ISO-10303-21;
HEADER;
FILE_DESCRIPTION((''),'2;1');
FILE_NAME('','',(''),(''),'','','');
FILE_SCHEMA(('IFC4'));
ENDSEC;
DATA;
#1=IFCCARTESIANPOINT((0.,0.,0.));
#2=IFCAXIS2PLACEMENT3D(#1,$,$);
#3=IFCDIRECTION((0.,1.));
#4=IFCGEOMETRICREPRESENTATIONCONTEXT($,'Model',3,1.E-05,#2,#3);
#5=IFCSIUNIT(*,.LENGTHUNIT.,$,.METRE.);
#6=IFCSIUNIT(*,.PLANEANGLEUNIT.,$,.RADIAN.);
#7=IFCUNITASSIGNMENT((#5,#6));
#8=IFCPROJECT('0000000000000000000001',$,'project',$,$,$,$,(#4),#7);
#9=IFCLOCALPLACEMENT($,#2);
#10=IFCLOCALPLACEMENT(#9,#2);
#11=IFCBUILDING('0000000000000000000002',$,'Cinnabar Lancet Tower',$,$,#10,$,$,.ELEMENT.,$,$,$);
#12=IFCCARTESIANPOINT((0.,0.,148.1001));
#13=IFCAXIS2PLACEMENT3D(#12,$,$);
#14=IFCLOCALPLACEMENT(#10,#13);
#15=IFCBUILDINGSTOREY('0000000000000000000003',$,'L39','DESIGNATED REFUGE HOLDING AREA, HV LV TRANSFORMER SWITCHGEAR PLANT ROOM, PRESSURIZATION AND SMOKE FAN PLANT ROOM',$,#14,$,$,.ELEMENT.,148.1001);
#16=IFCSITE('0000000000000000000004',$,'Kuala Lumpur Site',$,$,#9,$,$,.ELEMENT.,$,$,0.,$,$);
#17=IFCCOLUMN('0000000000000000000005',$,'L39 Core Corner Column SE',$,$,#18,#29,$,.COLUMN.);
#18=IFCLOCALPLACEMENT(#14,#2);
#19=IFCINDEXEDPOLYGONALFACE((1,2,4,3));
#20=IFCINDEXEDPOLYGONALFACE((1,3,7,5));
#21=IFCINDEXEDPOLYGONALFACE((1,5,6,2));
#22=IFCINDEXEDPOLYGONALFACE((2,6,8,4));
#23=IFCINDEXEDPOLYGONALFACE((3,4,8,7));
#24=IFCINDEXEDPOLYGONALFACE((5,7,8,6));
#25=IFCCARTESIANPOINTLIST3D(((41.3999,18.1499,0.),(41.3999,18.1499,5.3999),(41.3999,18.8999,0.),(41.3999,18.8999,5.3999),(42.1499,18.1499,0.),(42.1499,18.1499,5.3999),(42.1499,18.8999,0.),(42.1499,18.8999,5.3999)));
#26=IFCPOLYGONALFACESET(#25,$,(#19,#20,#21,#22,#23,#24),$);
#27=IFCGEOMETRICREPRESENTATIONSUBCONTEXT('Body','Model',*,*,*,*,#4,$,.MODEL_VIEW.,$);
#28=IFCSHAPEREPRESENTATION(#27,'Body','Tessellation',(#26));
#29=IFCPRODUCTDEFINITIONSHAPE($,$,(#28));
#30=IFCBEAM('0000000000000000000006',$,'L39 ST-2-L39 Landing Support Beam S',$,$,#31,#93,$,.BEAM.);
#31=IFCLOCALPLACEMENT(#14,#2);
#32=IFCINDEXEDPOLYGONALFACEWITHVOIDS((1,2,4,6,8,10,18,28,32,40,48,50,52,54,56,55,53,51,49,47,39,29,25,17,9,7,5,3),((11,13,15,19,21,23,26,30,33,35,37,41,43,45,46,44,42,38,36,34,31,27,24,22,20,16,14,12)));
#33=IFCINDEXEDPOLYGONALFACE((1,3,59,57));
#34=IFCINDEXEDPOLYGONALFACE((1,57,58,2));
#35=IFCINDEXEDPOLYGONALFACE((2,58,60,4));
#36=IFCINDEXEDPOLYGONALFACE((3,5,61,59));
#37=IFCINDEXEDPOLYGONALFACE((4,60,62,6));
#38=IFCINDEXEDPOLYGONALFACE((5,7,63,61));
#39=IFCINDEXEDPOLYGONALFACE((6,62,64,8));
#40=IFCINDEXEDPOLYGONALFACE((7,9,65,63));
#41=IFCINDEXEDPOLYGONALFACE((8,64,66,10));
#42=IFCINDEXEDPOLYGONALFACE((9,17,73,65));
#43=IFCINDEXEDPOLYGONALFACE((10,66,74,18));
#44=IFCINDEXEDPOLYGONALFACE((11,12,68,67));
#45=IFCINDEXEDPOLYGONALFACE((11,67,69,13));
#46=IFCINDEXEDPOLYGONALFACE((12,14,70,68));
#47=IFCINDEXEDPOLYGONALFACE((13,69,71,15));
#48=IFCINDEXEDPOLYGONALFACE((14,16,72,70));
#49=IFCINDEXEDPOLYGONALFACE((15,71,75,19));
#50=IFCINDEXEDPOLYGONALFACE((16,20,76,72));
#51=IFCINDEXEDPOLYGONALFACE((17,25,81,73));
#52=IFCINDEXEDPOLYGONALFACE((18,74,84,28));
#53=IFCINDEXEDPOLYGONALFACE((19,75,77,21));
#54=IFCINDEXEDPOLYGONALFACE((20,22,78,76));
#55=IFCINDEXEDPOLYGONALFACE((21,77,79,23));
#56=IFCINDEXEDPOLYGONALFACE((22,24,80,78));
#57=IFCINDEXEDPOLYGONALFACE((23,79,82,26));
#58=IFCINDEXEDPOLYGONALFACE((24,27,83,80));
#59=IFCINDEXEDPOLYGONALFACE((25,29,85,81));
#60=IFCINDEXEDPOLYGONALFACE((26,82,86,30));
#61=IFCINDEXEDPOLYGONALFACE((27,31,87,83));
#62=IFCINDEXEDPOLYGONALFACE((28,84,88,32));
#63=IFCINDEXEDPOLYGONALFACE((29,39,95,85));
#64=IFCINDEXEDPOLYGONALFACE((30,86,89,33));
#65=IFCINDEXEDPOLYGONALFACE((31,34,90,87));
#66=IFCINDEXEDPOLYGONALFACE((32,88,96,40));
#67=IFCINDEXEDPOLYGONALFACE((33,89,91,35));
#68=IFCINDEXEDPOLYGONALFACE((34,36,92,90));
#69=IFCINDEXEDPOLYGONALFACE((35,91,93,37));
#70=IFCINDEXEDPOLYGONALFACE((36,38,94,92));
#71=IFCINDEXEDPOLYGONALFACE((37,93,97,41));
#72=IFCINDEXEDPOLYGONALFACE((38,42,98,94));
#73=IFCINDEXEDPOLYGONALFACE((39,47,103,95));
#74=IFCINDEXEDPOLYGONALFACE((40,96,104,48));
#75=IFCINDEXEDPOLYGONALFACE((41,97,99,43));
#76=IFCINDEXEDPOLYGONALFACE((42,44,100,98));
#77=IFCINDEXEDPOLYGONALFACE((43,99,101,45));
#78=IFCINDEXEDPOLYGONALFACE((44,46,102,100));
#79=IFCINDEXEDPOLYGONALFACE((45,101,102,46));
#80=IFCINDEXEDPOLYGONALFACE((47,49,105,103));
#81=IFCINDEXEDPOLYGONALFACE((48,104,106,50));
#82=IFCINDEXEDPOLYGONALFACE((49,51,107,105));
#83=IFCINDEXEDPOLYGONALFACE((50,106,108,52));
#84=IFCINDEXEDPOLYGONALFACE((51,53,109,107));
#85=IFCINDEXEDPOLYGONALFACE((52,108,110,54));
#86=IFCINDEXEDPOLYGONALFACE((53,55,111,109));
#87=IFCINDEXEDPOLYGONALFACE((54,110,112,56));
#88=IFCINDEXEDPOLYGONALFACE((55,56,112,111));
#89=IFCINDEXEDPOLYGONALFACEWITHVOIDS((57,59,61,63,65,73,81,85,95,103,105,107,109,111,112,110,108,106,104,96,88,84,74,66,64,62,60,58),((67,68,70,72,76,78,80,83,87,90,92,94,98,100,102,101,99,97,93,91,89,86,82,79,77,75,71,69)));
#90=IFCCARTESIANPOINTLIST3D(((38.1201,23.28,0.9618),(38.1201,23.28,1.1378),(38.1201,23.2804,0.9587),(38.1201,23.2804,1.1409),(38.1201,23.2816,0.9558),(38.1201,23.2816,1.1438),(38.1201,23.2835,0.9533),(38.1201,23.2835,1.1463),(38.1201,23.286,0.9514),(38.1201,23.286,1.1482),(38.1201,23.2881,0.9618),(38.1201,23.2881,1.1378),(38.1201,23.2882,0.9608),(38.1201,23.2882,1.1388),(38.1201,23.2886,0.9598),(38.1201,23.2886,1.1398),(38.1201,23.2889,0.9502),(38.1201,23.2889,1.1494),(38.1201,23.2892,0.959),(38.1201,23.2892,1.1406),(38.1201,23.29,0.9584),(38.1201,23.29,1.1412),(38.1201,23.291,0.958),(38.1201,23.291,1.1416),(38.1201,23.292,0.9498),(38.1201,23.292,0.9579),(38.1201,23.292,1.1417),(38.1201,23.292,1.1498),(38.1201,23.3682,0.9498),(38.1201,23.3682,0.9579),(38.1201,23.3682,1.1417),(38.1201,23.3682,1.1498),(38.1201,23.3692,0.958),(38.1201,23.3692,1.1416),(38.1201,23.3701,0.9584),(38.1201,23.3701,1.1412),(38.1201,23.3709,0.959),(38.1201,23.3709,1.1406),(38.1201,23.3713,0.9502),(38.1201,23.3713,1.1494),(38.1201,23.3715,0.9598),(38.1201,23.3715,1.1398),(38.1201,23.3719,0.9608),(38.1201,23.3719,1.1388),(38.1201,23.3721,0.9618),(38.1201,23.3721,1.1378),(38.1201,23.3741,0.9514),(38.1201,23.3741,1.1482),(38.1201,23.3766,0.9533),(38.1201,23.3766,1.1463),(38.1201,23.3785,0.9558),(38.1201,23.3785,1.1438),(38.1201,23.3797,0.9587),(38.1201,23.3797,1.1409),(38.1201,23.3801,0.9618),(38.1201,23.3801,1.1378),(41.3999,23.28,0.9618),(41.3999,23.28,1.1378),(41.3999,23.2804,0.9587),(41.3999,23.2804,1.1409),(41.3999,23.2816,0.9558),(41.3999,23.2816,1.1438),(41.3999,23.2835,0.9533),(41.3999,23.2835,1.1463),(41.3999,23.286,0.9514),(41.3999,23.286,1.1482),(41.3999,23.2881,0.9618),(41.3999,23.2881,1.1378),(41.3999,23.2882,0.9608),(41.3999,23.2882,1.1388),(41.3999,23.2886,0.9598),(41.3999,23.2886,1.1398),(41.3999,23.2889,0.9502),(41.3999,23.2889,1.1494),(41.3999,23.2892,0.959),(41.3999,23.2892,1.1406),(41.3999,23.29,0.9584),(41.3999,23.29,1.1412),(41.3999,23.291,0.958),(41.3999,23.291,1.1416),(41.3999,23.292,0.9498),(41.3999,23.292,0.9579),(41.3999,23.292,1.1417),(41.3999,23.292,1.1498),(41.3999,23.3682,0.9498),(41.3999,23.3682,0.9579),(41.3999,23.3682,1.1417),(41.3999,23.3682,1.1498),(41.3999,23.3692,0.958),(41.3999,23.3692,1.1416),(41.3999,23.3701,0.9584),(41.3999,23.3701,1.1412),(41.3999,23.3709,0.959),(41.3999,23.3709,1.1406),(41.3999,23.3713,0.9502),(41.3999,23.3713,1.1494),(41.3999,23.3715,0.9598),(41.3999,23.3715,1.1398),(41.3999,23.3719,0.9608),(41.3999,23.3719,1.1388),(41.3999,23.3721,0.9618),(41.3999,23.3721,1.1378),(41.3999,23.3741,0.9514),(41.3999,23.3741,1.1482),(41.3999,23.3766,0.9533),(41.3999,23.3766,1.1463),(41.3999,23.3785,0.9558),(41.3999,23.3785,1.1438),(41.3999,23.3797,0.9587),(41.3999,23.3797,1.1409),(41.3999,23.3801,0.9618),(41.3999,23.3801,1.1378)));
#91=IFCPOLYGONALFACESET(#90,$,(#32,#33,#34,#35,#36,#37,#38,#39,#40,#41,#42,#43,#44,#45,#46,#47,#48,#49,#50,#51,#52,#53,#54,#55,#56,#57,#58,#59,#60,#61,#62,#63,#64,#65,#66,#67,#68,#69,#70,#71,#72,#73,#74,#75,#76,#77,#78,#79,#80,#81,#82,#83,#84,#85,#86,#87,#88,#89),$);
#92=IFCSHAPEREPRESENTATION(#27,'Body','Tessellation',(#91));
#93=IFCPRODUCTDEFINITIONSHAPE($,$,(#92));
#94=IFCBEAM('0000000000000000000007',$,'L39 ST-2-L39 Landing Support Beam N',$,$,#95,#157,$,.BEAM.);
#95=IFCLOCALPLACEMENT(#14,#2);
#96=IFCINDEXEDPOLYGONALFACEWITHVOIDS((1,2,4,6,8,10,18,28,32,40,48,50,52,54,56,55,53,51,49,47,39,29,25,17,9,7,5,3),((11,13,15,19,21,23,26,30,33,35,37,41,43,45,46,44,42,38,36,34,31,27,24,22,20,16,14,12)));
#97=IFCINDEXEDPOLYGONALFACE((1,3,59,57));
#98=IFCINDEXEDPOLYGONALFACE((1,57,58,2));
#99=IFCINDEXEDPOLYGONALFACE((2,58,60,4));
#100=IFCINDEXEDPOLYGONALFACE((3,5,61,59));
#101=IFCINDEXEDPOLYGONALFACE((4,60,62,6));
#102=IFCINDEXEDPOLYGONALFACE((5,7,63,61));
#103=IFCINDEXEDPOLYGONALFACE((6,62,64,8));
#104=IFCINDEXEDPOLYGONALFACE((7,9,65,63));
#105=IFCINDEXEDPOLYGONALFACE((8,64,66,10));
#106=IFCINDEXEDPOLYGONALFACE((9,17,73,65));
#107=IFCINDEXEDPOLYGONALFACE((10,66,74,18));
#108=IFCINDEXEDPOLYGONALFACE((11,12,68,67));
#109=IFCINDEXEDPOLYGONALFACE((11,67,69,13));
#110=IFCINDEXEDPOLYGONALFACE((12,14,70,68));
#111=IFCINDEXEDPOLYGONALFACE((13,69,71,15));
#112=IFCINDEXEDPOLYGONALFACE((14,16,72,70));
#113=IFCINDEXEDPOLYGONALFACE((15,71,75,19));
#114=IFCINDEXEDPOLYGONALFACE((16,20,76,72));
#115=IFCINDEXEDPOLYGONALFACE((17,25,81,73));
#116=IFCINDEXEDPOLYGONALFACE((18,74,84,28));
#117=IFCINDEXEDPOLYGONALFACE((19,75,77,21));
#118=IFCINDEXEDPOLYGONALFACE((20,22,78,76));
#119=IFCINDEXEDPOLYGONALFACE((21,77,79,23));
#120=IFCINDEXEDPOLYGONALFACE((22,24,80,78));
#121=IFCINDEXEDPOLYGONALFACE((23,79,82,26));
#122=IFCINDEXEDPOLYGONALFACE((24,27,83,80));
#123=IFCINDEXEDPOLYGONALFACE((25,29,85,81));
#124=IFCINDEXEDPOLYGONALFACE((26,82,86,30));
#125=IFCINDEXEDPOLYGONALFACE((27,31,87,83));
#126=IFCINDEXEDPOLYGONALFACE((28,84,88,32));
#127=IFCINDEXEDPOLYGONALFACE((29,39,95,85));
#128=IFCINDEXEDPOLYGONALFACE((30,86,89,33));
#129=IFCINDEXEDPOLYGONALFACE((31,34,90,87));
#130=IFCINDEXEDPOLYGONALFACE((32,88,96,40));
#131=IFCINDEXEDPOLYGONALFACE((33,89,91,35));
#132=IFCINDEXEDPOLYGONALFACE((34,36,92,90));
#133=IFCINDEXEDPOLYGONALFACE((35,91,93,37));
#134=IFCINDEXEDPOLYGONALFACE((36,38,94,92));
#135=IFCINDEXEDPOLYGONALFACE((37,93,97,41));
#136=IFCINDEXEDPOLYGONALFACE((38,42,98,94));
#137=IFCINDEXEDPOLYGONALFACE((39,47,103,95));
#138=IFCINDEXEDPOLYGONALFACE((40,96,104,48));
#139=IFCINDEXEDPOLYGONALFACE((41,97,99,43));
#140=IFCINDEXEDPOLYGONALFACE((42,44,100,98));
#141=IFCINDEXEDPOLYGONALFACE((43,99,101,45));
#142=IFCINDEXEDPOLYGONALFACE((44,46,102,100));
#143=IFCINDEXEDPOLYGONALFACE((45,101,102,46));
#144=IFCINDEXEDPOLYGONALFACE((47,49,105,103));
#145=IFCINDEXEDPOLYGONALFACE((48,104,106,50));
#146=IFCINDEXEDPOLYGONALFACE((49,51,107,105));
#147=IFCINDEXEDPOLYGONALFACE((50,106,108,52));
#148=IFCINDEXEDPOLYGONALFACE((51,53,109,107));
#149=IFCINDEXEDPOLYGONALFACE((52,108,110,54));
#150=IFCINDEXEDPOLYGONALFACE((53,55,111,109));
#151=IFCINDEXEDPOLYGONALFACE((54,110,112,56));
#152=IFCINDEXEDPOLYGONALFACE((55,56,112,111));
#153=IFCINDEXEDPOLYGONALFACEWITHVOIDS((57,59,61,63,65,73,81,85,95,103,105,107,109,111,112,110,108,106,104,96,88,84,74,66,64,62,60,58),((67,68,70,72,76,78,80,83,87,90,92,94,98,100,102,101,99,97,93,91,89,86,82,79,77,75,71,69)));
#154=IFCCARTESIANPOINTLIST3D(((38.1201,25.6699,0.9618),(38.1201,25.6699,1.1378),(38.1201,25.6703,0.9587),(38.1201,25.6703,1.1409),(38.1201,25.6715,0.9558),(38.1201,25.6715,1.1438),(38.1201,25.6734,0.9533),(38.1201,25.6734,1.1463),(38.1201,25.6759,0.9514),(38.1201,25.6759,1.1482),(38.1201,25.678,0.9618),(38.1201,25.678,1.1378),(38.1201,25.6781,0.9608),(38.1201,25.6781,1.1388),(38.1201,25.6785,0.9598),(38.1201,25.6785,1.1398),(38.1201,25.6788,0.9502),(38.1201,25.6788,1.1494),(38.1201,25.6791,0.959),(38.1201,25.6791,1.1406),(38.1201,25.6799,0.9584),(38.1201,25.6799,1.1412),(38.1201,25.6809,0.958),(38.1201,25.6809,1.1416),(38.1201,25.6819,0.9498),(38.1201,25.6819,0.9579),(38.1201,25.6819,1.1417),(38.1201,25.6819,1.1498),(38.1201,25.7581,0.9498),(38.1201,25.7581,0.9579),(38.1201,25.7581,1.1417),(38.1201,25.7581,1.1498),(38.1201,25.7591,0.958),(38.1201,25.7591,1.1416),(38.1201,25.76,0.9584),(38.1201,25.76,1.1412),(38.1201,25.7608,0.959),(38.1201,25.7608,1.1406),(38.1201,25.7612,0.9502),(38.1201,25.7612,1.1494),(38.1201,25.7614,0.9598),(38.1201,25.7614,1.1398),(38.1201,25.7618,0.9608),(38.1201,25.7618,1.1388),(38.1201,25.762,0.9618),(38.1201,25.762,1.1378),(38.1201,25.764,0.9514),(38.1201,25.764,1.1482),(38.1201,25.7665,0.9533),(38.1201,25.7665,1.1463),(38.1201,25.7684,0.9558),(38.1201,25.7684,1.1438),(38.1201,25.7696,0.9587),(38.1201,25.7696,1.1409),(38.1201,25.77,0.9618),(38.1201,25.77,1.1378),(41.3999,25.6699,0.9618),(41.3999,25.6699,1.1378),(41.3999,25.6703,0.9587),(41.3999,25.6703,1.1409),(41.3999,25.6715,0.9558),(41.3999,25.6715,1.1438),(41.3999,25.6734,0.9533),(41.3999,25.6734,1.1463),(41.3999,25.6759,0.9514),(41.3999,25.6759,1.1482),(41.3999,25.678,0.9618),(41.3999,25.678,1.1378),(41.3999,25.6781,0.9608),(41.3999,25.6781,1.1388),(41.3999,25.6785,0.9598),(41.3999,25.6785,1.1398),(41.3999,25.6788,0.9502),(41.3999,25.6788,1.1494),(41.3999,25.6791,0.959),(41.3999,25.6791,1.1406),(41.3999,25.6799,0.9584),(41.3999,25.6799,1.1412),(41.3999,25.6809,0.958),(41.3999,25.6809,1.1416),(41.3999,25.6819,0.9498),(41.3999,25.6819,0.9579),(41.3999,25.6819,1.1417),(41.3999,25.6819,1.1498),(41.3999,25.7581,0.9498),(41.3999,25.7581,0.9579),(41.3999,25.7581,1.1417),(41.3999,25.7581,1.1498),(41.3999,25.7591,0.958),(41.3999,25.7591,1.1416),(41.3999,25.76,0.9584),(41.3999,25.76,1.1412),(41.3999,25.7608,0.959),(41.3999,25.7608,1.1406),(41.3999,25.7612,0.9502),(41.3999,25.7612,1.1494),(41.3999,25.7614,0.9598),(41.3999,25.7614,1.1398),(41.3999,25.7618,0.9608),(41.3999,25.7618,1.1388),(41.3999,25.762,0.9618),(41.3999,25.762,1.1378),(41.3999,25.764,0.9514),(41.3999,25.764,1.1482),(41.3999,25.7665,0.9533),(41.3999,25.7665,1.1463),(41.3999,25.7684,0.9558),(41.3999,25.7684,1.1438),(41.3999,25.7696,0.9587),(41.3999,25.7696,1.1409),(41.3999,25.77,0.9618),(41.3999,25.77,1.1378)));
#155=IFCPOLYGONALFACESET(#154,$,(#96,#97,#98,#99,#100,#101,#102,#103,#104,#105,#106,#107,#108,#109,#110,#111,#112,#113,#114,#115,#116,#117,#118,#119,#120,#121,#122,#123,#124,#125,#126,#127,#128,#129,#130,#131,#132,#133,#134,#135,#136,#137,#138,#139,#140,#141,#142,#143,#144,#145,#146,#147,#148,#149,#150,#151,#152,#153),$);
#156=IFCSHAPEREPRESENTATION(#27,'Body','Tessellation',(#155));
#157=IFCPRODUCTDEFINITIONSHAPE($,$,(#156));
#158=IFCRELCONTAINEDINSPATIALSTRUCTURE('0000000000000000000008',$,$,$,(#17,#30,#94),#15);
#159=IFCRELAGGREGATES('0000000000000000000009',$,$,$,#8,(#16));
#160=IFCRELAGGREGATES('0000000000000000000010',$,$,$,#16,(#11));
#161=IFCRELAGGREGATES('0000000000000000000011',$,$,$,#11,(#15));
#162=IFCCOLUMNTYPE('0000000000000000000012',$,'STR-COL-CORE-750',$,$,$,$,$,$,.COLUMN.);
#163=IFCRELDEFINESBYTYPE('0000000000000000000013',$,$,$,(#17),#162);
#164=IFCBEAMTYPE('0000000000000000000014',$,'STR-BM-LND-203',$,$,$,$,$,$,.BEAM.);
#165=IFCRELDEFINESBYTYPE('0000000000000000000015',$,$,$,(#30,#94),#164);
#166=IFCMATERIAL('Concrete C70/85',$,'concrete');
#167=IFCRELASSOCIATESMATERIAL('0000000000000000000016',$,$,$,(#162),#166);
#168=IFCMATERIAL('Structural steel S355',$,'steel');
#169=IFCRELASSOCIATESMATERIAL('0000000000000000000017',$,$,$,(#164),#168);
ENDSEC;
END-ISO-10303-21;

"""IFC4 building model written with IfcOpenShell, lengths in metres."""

from ifc_helpers import new_model, si_unit, direction, frame, origin, origin_2d, place, context, subcontext, project, spatial, rectangle, hollow_rectangle, extrude, material, material_profile, profile_set, type_object, element, save


model = new_model("IFC4")

# Units and contexts
model_context = context("Model", 3, precision=1e-05, world=origin(), true_north=direction((0.0, 1.0)))
body_context = subcontext(model_context, "Body", "Model", "MODEL_VIEW")
ifc_project = project(units=[si_unit("LENGTHUNIT", "METRE"), si_unit("PLANEANGLEUNIT", "RADIAN")], contexts=[model_context])

# Site, building, storey
site_placement = place(None, origin())
site = spatial("IfcSite", under=ifc_project, at=site_placement, Name="Kuala Lumpur Site", CompositionType="ELEMENT", RefElevation=0.0)
building_placement = place(site_placement, origin())
building = spatial("IfcBuilding", under=site, at=building_placement, Name="Cinnabar Lancet Tower", CompositionType="ELEMENT")
storey_placement = place(building_placement, frame((0.0, 0.0, 148.1001)))
storey = spatial("IfcBuildingStorey", under=building, at=storey_placement, Name="L39", Description="DESIGNATED REFUGE HOLDING AREA, HV LV TRANSFORMER SWITCHGEAR PLANT ROOM, PRESSURIZATION AND SMOKE FAN PLANT ROOM", CompositionType="ELEMENT", Elevation=148.1001)

# Column
ifc_material_1 = material(Name="Concrete C70/85", Category="concrete")
ifc_material_profile_1 = material_profile(ifc_material_1, rectangle(XDim=0.75, YDim=0.75, at=origin_2d()), Name="RC-COL 750x750")
ifc_profile_set_1 = profile_set([ifc_material_profile_1], Name="Concrete C70/85")
column_type = type_object("IfcColumnType", Name="STR-COL-CORE-750", PredefinedType="COLUMN", material=ifc_profile_set_1)
column_placement = place(storey_placement, frame((41.7749, 18.5249, 0.0), z_axis=(0.0, 0.0, 1.0), x_axis=(1.0, 0.0, 0.0)))
element("IfcColumn", 1, at=column_placement, inside=storey, type_object=column_type, Name="L39 Core Corner Column SE", PredefinedType="COLUMN", context=body_context, shape_type="SweptSolid", body=[
    extrude(rectangle(XDim=0.75, YDim=0.75, at=origin_2d()), origin(), (0.0, 0.0, 1.0), 5.3999),
])

# Beams
ifc_material_2 = material(Name="Structural steel S355", Category="steel")
ifc_material_profile_2 = material_profile(ifc_material_2, hollow_rectangle(XDim=0.1001, YDim=0.2, WallThickness=0.0081, InnerFilletRadius=0.0039, OuterFilletRadius=0.012, at=origin_2d()), Name="RHS 200x100x8")
ifc_profile_set_2 = profile_set([ifc_material_profile_2], Name="Structural steel S355")
beam_type = type_object("IfcBeamType", Name="STR-BM-LND-203", PredefinedType="BEAM", material=ifc_profile_set_2)
for number, where, z_axis, x_axis, name in (
    (2, (38.1201, 23.3301, 1.0498), (1.0, 0.0, 0.0), (0.0, 1.0, 0.0), "L39 ST-2-L39 Landing Support Beam S"),
    (3, (38.1201, 25.72, 1.0498), (1.0, 0.0, 0.0), (0.0, 1.0, 0.0), "L39 ST-2-L39 Landing Support Beam N"),
):
    element("IfcBeam", number, at=place(storey_placement, frame(where, z_axis=z_axis, x_axis=x_axis)), inside=storey, type_object=beam_type, Name=name, PredefinedType="BEAM", context=body_context, shape_type="SweptSolid", body=[
        extrude(hollow_rectangle(XDim=0.1001, YDim=0.2, WallThickness=0.0081, InnerFilletRadius=0.0039, OuterFilletRadius=0.012, at=origin_2d()), origin(), (0.0, 0.0, 1.0), 3.2798),
    ])

save(model, "model.ifc")
